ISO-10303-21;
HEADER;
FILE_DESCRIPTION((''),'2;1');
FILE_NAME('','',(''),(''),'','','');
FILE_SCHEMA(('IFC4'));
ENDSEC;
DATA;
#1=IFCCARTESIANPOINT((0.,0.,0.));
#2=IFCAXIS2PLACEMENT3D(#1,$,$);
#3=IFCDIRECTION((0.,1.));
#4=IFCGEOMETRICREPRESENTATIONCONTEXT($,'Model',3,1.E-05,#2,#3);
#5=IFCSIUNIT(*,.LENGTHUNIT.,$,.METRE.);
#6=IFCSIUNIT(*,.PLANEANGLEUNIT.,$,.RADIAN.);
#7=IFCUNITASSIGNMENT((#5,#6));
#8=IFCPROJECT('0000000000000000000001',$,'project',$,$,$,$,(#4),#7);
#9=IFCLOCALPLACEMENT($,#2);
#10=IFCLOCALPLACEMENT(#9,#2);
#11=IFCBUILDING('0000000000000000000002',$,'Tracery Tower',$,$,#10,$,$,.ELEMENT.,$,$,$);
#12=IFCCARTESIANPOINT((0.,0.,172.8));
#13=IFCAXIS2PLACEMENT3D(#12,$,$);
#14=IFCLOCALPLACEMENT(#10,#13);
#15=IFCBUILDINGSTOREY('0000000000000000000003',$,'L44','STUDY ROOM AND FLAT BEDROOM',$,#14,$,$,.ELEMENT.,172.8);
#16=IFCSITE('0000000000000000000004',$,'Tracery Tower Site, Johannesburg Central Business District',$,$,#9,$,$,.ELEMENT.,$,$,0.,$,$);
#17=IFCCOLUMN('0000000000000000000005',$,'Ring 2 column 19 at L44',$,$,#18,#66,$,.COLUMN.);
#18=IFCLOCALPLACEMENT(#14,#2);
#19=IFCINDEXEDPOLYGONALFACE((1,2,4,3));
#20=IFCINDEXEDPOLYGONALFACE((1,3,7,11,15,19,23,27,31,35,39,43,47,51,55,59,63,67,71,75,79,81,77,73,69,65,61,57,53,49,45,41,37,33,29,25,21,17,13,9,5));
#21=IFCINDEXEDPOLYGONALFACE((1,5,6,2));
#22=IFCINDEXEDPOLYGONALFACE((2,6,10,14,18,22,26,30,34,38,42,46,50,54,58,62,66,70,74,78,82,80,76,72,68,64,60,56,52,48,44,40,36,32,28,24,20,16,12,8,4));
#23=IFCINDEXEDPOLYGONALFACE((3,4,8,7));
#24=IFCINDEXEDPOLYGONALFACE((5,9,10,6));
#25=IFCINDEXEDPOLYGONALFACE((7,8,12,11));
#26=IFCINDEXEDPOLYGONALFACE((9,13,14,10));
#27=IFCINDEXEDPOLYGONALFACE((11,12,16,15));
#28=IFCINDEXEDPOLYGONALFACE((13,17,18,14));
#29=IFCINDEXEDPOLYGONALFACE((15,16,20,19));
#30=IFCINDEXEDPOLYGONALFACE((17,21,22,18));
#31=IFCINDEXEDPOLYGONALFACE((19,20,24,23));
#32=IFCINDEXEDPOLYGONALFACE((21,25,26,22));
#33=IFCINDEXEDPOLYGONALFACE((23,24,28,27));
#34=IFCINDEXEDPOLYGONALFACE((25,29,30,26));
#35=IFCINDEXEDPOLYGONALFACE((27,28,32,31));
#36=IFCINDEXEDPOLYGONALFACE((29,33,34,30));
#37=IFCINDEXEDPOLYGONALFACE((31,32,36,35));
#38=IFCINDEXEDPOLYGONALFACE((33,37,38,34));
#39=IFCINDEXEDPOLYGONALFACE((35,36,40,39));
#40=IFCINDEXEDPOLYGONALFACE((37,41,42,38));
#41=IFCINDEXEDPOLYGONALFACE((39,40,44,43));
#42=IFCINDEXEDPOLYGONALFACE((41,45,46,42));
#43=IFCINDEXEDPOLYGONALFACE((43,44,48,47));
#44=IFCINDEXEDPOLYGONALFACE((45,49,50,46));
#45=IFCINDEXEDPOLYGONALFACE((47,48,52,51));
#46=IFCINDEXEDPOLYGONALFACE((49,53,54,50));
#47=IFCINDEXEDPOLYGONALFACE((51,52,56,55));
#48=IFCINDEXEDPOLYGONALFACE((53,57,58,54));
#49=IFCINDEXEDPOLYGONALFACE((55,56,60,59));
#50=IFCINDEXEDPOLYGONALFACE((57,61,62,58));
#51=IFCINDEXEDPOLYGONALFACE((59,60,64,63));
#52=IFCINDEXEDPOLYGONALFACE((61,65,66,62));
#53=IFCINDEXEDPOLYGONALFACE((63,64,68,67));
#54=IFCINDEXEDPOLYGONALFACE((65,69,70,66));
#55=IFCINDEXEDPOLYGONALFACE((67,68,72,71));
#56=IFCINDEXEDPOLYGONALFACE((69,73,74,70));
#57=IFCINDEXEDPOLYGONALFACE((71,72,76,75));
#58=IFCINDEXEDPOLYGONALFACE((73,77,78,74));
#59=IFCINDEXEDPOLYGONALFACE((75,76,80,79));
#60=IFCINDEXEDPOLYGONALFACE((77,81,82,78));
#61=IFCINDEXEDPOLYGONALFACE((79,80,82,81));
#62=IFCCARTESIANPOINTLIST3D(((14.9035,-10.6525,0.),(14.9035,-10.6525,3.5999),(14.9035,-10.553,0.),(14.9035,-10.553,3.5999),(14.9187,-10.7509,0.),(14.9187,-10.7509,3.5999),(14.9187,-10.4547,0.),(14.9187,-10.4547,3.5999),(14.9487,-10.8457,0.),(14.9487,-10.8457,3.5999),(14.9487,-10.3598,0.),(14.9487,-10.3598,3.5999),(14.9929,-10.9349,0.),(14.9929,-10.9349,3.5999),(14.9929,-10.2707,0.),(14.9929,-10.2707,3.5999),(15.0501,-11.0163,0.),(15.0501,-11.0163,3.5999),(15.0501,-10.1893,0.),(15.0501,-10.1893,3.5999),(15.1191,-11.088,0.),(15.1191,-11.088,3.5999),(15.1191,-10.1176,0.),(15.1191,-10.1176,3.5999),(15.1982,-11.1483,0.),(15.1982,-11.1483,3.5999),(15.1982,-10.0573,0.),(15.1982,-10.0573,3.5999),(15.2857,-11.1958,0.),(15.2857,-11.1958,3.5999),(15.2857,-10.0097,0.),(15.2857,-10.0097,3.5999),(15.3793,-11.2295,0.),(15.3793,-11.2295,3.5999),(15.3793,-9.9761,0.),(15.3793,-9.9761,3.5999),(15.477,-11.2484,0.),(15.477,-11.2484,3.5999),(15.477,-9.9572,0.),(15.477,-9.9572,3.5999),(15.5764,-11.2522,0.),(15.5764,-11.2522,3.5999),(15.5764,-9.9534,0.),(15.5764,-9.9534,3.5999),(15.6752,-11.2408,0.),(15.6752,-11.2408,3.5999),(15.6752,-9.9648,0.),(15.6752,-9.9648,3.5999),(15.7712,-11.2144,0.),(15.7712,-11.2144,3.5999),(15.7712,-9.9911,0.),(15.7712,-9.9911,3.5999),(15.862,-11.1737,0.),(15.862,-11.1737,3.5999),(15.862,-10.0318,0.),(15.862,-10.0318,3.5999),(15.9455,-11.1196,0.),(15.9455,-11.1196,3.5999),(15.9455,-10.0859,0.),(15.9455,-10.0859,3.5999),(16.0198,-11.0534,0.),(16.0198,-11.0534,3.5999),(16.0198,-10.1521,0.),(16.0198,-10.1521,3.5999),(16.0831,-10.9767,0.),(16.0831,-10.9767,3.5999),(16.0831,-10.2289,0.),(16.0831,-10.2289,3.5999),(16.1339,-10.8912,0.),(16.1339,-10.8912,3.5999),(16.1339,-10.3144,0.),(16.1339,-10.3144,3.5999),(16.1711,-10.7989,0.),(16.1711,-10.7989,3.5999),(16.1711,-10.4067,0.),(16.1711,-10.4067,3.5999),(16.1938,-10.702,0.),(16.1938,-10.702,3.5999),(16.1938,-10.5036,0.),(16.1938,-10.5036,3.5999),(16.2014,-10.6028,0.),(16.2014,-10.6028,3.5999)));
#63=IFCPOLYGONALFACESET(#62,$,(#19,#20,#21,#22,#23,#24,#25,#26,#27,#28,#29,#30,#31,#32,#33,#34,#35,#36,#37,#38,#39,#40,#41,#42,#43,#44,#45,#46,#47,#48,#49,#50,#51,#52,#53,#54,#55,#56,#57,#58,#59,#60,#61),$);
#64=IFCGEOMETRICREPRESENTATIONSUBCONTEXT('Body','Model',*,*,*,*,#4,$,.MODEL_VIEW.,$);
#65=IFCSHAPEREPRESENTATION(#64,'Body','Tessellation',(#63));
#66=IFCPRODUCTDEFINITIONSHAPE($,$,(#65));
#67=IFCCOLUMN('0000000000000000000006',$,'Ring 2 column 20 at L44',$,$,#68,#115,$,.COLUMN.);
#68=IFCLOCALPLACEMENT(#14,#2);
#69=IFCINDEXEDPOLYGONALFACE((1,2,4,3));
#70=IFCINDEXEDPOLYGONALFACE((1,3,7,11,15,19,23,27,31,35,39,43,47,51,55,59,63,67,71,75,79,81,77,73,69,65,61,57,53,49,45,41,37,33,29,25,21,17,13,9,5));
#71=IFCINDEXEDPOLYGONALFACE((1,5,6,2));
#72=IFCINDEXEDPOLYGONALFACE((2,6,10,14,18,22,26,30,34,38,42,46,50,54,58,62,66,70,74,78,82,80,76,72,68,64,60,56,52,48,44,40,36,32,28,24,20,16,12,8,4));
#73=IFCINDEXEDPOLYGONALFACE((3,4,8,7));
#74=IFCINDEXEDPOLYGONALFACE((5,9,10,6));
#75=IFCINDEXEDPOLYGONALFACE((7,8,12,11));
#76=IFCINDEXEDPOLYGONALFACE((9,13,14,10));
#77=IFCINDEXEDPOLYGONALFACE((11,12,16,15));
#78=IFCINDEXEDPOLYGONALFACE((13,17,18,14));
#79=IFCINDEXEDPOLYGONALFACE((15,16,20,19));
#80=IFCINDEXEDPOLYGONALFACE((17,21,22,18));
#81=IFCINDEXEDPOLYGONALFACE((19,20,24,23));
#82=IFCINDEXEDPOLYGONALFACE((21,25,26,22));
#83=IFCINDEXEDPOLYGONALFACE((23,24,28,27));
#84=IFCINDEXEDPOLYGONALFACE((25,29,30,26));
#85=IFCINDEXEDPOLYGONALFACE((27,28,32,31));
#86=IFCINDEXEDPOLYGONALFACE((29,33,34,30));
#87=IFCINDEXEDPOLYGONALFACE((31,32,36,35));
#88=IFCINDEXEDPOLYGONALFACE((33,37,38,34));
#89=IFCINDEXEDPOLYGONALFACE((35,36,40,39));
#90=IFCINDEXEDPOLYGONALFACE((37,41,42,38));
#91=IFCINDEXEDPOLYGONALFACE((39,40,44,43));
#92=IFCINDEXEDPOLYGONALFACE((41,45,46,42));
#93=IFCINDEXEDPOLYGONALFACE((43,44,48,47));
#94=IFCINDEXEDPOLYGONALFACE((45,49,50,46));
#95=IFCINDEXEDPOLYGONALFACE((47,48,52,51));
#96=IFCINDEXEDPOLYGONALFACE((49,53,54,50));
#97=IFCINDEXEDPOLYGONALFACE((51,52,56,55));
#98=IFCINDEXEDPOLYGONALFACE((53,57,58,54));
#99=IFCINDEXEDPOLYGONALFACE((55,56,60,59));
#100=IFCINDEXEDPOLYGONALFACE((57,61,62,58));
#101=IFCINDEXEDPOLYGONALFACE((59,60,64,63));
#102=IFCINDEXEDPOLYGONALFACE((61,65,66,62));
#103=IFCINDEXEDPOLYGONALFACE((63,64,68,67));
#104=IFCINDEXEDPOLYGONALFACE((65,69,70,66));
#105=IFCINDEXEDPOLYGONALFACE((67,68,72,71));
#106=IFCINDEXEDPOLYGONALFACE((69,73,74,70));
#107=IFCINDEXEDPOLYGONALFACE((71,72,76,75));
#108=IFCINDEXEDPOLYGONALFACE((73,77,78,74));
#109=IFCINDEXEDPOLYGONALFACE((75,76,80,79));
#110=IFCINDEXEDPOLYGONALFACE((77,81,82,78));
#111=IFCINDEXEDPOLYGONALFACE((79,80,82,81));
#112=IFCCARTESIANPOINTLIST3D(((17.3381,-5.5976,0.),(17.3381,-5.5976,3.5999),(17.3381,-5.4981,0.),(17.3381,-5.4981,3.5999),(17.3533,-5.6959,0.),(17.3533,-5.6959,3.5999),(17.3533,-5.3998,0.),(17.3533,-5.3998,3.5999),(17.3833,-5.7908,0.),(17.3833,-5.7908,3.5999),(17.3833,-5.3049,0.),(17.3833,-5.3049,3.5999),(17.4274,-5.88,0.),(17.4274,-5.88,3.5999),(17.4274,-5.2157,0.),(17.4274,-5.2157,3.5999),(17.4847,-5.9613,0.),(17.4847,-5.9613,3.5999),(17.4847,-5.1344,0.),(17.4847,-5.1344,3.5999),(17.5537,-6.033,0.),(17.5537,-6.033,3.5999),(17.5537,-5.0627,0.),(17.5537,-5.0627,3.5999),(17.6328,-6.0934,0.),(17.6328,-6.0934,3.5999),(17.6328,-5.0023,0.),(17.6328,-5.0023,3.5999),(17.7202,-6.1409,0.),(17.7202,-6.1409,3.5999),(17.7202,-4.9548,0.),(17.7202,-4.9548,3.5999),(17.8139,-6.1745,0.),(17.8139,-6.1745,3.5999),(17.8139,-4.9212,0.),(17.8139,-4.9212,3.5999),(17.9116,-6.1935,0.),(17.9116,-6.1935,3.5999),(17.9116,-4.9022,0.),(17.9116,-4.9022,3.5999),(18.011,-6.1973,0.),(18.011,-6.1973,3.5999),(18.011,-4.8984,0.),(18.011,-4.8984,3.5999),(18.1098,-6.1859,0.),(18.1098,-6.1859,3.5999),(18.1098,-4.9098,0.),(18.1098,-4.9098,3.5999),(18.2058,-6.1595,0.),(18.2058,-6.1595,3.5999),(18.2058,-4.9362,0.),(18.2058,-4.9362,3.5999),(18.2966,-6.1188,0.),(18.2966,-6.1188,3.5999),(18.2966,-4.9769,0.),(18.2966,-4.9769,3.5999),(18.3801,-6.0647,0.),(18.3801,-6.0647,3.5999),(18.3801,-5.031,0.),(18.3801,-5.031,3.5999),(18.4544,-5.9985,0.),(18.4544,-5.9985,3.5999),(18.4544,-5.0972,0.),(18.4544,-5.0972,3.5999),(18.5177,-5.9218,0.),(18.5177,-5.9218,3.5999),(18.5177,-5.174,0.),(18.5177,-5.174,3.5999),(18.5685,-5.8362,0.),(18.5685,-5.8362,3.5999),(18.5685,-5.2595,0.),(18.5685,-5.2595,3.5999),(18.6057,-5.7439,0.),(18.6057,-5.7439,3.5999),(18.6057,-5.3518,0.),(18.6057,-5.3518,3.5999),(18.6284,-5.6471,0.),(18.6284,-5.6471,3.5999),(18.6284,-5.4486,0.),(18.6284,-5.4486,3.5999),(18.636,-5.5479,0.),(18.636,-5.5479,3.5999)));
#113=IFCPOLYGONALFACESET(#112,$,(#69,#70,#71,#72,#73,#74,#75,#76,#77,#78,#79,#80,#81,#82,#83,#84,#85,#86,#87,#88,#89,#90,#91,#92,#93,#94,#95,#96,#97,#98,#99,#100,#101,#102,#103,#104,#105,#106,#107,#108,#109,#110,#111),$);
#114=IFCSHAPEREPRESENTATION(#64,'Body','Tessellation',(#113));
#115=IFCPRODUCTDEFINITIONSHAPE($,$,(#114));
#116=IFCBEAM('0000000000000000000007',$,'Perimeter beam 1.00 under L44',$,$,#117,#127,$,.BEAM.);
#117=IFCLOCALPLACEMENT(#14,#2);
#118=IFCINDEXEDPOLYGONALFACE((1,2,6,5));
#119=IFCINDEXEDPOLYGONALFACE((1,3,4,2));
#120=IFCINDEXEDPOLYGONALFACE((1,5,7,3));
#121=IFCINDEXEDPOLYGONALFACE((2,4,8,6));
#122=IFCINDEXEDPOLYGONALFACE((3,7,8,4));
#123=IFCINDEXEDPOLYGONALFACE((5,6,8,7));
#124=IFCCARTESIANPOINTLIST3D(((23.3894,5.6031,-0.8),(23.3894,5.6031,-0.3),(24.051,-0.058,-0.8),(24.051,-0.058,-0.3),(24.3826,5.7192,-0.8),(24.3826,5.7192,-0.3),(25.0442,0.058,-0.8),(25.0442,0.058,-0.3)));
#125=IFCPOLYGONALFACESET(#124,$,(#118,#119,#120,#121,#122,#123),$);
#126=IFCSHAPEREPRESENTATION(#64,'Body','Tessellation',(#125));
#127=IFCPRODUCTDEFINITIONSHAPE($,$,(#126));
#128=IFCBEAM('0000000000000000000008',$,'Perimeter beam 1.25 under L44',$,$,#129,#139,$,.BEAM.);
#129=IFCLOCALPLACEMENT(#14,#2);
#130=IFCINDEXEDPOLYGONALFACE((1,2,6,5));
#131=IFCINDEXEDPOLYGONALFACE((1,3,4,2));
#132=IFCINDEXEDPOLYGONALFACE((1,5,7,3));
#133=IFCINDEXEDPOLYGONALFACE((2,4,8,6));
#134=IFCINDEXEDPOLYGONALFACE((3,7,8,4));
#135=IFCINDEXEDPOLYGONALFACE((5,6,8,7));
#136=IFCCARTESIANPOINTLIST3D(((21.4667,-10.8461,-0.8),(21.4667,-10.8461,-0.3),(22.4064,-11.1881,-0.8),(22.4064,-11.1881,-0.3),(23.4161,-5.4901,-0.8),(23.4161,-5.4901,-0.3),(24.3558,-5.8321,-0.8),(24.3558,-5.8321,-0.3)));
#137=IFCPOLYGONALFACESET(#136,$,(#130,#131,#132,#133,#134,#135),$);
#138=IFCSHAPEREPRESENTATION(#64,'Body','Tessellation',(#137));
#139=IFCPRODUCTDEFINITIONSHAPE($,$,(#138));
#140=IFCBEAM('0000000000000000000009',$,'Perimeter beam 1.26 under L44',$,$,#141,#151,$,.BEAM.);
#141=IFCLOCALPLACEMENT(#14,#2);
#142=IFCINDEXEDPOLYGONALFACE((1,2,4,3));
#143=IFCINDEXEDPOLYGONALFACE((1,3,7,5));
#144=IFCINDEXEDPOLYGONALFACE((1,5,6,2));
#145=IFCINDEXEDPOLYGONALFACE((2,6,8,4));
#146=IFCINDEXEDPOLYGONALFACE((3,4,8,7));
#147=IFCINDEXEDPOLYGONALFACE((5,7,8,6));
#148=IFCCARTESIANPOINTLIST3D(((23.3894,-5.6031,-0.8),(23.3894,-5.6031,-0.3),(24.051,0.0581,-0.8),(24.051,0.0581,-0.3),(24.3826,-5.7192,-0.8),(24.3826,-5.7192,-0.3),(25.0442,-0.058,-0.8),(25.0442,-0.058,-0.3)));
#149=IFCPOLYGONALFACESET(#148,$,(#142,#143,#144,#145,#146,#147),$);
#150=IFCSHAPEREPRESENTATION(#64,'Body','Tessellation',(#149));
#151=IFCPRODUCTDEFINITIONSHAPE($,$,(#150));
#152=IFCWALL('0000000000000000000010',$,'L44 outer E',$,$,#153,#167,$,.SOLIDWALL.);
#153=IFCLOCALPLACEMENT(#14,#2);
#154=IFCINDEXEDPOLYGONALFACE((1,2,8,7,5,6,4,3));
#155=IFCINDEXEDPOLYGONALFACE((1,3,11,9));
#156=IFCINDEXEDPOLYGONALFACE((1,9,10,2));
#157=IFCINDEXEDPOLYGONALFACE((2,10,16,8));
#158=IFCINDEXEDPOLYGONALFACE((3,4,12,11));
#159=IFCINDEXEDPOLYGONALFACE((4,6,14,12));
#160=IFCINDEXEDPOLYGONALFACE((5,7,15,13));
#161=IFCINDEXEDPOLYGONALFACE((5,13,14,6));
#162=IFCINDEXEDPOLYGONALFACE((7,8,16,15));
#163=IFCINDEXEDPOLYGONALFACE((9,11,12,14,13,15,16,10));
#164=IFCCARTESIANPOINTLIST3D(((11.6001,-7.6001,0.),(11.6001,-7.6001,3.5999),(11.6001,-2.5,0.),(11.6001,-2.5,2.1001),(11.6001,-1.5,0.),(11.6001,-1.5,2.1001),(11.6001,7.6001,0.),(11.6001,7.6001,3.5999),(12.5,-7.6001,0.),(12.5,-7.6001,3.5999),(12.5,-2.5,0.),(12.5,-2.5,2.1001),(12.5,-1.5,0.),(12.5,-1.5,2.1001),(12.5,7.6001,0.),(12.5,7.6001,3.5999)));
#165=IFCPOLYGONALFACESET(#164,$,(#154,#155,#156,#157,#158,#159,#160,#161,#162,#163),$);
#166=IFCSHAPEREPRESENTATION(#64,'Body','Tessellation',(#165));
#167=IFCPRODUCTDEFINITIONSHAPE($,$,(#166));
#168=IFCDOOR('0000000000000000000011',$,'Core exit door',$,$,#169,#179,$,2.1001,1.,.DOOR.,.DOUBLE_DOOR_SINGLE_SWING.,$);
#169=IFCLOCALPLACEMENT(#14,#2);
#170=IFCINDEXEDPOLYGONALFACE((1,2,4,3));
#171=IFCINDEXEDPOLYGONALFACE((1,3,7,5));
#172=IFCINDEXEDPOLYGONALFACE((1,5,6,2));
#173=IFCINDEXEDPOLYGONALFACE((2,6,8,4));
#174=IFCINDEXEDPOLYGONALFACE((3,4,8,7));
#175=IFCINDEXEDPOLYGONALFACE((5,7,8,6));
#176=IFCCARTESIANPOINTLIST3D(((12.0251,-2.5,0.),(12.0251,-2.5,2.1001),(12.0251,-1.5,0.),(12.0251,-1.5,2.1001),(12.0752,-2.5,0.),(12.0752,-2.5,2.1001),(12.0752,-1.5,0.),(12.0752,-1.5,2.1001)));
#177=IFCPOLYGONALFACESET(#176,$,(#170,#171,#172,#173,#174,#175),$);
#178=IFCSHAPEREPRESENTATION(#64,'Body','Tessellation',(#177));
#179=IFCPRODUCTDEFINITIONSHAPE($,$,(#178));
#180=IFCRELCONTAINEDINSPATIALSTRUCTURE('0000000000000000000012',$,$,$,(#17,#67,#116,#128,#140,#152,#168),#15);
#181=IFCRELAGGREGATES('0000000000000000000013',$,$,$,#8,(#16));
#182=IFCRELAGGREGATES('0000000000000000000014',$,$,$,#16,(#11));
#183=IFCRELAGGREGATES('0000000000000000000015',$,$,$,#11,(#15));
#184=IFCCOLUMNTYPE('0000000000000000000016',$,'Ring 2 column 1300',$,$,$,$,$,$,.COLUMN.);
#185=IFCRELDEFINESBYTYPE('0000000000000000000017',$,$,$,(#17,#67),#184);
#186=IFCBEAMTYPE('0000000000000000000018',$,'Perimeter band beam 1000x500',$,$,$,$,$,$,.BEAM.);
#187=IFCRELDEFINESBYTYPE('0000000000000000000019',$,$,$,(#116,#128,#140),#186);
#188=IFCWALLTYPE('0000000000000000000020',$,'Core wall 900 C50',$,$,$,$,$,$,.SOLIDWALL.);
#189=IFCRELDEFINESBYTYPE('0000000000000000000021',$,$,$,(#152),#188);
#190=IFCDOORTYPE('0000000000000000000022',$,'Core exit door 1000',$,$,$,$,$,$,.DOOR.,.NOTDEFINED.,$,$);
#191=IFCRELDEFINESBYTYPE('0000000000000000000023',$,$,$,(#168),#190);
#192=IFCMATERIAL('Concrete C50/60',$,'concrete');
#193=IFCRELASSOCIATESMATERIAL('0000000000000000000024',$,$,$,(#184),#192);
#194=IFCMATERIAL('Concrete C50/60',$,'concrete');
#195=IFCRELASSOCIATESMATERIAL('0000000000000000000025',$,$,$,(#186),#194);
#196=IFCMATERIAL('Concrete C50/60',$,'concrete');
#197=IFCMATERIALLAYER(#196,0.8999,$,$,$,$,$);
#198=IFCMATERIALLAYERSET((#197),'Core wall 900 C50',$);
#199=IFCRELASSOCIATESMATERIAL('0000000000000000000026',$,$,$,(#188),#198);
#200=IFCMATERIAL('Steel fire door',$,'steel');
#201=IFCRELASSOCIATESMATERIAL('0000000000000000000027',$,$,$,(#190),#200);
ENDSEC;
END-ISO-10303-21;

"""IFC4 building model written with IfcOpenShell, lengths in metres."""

from ifc_helpers import new_model, si_unit, direction, frame, frame_2d, origin, origin_2d, place, context, subcontext, project, spatial, rectangle, circle, extrude, material, layer, layer_set, material_profile, profile_set, type_object, element, fill, save


model = new_model("IFC4")

# Units and contexts
model_context = context("Model", 3, precision=1e-05, world=origin(), true_north=direction((0.0, 1.0)))
body_context = subcontext(model_context, "Body", "Model", "MODEL_VIEW")
ifc_project = project(units=[si_unit("LENGTHUNIT", "METRE"), si_unit("PLANEANGLEUNIT", "RADIAN")], contexts=[model_context])

# Site, building, storey
site_placement = place(None, origin())
site = spatial("IfcSite", under=ifc_project, at=site_placement, Name="Tracery Tower Site, Johannesburg Central Business District", CompositionType="ELEMENT", RefElevation=0.0)
building_placement = place(site_placement, origin())
building = spatial("IfcBuilding", under=site, at=building_placement, Name="Tracery Tower", CompositionType="ELEMENT")
storey_placement = place(building_placement, frame((0.0, 0.0, 172.8)))
storey = spatial("IfcBuildingStorey", under=building, at=storey_placement, Name="L44", Description="STUDY ROOM AND FLAT BEDROOM", CompositionType="ELEMENT", Elevation=172.8)

# Columns
ifc_material_1 = material(Name="Concrete C50/60", Category="concrete")
ifc_material_profile_1 = material_profile(ifc_material_1, circle(Radius=0.6499, at=origin_2d()), Name="RC D1300")
ifc_profile_set_1 = profile_set([ifc_material_profile_1], Name="Concrete C50/60")
column_type_1 = type_object("IfcColumnType", Name="Ring 2 column 1300", PredefinedType="COLUMN", material=ifc_profile_set_1)
for number, where, z_axis, x_axis, name in (
    (1, (15.5515, -10.6028, 0.0), (0.0, 0.0, 1.0), (1.0, 0.0, 0.0), "Ring 2 column 19 at L44"),
    (2, (17.9861, -5.5479, 0.0), (0.0, 0.0, 1.0), (1.0, 0.0, 0.0), "Ring 2 column 20 at L44"),
):
    element("IfcColumn", number, at=place(storey_placement, frame(where, z_axis=z_axis, x_axis=x_axis)), inside=storey, type_object=column_type_1, Name=name, PredefinedType="COLUMN", context=body_context, shape_type="SweptSolid", body=[
        extrude(circle(Radius=0.6499, at=origin_2d()), origin(), (0.0, 0.0, 1.0), 3.5999),
    ])

# Beams
ifc_material_2 = material(Name="Concrete C50/60", Category="concrete")
ifc_material_profile_2 = material_profile(ifc_material_2, rectangle(XDim=1.0, YDim=0.5, at=origin_2d()), Name="RC 1000x500")
ifc_profile_set_2 = profile_set([ifc_material_profile_2], Name="Concrete C50/60")
beam_type = type_object("IfcBeamType", Name="Perimeter band beam 1000x500", PredefinedType="BEAM", material=ifc_profile_set_2)
for number, where, z_axis, x_axis, name in (
    (3, (24.5476, 0.0, -0.55), (-0.116081, 0.99324, 0.0), (-0.99324, -0.116081, 0.0), "Perimeter beam 1.00 under L44"),
    (4, (21.9365, -11.0171, -0.55), (0.342029, 0.93969, 0.0), (-0.93969, 0.342029, 0.0), "Perimeter beam 1.25 under L44"),
    (5, (23.886, -5.6611, -0.55), (0.116081, 0.99324, 0.0), (-0.99324, 0.116081, 0.0), "Perimeter beam 1.26 under L44"),
):
    element("IfcBeam", number, at=place(storey_placement, frame(where, z_axis=z_axis, x_axis=x_axis)), inside=storey, type_object=beam_type, Name=name, PredefinedType="BEAM", context=body_context, shape_type="SweptSolid", body=[
        extrude(rectangle(XDim=1.0, YDim=0.5, at=origin_2d()), origin(), (0.0, 0.0, 1.0), 5.6997),
    ])

# Wall, opening, door
ifc_material_3 = material(Name="Concrete C50/60", Category="concrete")
ifc_layer_1 = layer(ifc_material_3, 0.8999)
ifc_layer_set_1 = layer_set([ifc_layer_1], Name="Core wall 900 C50")
wall_type_1 = type_object("IfcWallType", Name="Core wall 900 C50", PredefinedType="SOLIDWALL", material=ifc_layer_set_1)
wall_1_placement = place(storey_placement, frame((12.05, -7.6001, 0.0), z_axis=(0.0, 0.0, 1.0), x_axis=(0.0, 1.0, 0.0)))
wall_1 = element("IfcWall", 6, at=wall_1_placement, inside=storey, type_object=wall_type_1, Name="L44 outer E", PredefinedType="SOLIDWALL", context=body_context, shape_type="SweptSolid", body=[
    extrude(rectangle(XDim=15.2002, YDim=0.8999, at=frame_2d((7.6001, 0.0))), origin(), (0.0, 0.0, 1.0), 3.5999),
])
opening_1_placement = place(wall_1_placement, frame((5.1001, 0.0, 0.0)))
opening_1 = element("IfcOpeningElement", 7, at=opening_1_placement, cuts=wall_1, PredefinedType="OPENING", context=body_context, shape_type="SweptSolid", body=[
    extrude(rectangle(XDim=1.0, YDim=2.1001, at=frame_2d((0.5, 1.05))), frame((0.0, 0.45, 0.0), z_axis=(0.0, -1.0, 0.0), x_axis=(1.0, 0.0, 0.0)), (0.0, 0.0, 1.0), 0.8999),
])
ifc_material_4 = material(Name="Steel fire door", Category="steel")
door_type = type_object("IfcDoorType", Name="Core exit door 1000", OperationType="NOTDEFINED", PredefinedType="DOOR", material=ifc_material_4)
door_placement = place(opening_1_placement, origin())
door = element("IfcDoor", 8, at=door_placement, inside=storey, type_object=door_type, Name="Core exit door", OperationType="DOUBLE_DOOR_SINGLE_SWING", OverallHeight=2.1001, OverallWidth=1.0, PredefinedType="DOOR", context=body_context, shape_type="SweptSolid", body=[
    extrude(rectangle(XDim=1.0, YDim=2.1001, at=frame_2d((0.5, 1.05))), frame((0.0, 0.0249, 0.0), z_axis=(0.0, -1.0, 0.0), x_axis=(1.0, 0.0, 0.0)), (0.0, 0.0, 1.0), 0.05),
])
fill(opening_1, door)

save(model, "model.ifc")
